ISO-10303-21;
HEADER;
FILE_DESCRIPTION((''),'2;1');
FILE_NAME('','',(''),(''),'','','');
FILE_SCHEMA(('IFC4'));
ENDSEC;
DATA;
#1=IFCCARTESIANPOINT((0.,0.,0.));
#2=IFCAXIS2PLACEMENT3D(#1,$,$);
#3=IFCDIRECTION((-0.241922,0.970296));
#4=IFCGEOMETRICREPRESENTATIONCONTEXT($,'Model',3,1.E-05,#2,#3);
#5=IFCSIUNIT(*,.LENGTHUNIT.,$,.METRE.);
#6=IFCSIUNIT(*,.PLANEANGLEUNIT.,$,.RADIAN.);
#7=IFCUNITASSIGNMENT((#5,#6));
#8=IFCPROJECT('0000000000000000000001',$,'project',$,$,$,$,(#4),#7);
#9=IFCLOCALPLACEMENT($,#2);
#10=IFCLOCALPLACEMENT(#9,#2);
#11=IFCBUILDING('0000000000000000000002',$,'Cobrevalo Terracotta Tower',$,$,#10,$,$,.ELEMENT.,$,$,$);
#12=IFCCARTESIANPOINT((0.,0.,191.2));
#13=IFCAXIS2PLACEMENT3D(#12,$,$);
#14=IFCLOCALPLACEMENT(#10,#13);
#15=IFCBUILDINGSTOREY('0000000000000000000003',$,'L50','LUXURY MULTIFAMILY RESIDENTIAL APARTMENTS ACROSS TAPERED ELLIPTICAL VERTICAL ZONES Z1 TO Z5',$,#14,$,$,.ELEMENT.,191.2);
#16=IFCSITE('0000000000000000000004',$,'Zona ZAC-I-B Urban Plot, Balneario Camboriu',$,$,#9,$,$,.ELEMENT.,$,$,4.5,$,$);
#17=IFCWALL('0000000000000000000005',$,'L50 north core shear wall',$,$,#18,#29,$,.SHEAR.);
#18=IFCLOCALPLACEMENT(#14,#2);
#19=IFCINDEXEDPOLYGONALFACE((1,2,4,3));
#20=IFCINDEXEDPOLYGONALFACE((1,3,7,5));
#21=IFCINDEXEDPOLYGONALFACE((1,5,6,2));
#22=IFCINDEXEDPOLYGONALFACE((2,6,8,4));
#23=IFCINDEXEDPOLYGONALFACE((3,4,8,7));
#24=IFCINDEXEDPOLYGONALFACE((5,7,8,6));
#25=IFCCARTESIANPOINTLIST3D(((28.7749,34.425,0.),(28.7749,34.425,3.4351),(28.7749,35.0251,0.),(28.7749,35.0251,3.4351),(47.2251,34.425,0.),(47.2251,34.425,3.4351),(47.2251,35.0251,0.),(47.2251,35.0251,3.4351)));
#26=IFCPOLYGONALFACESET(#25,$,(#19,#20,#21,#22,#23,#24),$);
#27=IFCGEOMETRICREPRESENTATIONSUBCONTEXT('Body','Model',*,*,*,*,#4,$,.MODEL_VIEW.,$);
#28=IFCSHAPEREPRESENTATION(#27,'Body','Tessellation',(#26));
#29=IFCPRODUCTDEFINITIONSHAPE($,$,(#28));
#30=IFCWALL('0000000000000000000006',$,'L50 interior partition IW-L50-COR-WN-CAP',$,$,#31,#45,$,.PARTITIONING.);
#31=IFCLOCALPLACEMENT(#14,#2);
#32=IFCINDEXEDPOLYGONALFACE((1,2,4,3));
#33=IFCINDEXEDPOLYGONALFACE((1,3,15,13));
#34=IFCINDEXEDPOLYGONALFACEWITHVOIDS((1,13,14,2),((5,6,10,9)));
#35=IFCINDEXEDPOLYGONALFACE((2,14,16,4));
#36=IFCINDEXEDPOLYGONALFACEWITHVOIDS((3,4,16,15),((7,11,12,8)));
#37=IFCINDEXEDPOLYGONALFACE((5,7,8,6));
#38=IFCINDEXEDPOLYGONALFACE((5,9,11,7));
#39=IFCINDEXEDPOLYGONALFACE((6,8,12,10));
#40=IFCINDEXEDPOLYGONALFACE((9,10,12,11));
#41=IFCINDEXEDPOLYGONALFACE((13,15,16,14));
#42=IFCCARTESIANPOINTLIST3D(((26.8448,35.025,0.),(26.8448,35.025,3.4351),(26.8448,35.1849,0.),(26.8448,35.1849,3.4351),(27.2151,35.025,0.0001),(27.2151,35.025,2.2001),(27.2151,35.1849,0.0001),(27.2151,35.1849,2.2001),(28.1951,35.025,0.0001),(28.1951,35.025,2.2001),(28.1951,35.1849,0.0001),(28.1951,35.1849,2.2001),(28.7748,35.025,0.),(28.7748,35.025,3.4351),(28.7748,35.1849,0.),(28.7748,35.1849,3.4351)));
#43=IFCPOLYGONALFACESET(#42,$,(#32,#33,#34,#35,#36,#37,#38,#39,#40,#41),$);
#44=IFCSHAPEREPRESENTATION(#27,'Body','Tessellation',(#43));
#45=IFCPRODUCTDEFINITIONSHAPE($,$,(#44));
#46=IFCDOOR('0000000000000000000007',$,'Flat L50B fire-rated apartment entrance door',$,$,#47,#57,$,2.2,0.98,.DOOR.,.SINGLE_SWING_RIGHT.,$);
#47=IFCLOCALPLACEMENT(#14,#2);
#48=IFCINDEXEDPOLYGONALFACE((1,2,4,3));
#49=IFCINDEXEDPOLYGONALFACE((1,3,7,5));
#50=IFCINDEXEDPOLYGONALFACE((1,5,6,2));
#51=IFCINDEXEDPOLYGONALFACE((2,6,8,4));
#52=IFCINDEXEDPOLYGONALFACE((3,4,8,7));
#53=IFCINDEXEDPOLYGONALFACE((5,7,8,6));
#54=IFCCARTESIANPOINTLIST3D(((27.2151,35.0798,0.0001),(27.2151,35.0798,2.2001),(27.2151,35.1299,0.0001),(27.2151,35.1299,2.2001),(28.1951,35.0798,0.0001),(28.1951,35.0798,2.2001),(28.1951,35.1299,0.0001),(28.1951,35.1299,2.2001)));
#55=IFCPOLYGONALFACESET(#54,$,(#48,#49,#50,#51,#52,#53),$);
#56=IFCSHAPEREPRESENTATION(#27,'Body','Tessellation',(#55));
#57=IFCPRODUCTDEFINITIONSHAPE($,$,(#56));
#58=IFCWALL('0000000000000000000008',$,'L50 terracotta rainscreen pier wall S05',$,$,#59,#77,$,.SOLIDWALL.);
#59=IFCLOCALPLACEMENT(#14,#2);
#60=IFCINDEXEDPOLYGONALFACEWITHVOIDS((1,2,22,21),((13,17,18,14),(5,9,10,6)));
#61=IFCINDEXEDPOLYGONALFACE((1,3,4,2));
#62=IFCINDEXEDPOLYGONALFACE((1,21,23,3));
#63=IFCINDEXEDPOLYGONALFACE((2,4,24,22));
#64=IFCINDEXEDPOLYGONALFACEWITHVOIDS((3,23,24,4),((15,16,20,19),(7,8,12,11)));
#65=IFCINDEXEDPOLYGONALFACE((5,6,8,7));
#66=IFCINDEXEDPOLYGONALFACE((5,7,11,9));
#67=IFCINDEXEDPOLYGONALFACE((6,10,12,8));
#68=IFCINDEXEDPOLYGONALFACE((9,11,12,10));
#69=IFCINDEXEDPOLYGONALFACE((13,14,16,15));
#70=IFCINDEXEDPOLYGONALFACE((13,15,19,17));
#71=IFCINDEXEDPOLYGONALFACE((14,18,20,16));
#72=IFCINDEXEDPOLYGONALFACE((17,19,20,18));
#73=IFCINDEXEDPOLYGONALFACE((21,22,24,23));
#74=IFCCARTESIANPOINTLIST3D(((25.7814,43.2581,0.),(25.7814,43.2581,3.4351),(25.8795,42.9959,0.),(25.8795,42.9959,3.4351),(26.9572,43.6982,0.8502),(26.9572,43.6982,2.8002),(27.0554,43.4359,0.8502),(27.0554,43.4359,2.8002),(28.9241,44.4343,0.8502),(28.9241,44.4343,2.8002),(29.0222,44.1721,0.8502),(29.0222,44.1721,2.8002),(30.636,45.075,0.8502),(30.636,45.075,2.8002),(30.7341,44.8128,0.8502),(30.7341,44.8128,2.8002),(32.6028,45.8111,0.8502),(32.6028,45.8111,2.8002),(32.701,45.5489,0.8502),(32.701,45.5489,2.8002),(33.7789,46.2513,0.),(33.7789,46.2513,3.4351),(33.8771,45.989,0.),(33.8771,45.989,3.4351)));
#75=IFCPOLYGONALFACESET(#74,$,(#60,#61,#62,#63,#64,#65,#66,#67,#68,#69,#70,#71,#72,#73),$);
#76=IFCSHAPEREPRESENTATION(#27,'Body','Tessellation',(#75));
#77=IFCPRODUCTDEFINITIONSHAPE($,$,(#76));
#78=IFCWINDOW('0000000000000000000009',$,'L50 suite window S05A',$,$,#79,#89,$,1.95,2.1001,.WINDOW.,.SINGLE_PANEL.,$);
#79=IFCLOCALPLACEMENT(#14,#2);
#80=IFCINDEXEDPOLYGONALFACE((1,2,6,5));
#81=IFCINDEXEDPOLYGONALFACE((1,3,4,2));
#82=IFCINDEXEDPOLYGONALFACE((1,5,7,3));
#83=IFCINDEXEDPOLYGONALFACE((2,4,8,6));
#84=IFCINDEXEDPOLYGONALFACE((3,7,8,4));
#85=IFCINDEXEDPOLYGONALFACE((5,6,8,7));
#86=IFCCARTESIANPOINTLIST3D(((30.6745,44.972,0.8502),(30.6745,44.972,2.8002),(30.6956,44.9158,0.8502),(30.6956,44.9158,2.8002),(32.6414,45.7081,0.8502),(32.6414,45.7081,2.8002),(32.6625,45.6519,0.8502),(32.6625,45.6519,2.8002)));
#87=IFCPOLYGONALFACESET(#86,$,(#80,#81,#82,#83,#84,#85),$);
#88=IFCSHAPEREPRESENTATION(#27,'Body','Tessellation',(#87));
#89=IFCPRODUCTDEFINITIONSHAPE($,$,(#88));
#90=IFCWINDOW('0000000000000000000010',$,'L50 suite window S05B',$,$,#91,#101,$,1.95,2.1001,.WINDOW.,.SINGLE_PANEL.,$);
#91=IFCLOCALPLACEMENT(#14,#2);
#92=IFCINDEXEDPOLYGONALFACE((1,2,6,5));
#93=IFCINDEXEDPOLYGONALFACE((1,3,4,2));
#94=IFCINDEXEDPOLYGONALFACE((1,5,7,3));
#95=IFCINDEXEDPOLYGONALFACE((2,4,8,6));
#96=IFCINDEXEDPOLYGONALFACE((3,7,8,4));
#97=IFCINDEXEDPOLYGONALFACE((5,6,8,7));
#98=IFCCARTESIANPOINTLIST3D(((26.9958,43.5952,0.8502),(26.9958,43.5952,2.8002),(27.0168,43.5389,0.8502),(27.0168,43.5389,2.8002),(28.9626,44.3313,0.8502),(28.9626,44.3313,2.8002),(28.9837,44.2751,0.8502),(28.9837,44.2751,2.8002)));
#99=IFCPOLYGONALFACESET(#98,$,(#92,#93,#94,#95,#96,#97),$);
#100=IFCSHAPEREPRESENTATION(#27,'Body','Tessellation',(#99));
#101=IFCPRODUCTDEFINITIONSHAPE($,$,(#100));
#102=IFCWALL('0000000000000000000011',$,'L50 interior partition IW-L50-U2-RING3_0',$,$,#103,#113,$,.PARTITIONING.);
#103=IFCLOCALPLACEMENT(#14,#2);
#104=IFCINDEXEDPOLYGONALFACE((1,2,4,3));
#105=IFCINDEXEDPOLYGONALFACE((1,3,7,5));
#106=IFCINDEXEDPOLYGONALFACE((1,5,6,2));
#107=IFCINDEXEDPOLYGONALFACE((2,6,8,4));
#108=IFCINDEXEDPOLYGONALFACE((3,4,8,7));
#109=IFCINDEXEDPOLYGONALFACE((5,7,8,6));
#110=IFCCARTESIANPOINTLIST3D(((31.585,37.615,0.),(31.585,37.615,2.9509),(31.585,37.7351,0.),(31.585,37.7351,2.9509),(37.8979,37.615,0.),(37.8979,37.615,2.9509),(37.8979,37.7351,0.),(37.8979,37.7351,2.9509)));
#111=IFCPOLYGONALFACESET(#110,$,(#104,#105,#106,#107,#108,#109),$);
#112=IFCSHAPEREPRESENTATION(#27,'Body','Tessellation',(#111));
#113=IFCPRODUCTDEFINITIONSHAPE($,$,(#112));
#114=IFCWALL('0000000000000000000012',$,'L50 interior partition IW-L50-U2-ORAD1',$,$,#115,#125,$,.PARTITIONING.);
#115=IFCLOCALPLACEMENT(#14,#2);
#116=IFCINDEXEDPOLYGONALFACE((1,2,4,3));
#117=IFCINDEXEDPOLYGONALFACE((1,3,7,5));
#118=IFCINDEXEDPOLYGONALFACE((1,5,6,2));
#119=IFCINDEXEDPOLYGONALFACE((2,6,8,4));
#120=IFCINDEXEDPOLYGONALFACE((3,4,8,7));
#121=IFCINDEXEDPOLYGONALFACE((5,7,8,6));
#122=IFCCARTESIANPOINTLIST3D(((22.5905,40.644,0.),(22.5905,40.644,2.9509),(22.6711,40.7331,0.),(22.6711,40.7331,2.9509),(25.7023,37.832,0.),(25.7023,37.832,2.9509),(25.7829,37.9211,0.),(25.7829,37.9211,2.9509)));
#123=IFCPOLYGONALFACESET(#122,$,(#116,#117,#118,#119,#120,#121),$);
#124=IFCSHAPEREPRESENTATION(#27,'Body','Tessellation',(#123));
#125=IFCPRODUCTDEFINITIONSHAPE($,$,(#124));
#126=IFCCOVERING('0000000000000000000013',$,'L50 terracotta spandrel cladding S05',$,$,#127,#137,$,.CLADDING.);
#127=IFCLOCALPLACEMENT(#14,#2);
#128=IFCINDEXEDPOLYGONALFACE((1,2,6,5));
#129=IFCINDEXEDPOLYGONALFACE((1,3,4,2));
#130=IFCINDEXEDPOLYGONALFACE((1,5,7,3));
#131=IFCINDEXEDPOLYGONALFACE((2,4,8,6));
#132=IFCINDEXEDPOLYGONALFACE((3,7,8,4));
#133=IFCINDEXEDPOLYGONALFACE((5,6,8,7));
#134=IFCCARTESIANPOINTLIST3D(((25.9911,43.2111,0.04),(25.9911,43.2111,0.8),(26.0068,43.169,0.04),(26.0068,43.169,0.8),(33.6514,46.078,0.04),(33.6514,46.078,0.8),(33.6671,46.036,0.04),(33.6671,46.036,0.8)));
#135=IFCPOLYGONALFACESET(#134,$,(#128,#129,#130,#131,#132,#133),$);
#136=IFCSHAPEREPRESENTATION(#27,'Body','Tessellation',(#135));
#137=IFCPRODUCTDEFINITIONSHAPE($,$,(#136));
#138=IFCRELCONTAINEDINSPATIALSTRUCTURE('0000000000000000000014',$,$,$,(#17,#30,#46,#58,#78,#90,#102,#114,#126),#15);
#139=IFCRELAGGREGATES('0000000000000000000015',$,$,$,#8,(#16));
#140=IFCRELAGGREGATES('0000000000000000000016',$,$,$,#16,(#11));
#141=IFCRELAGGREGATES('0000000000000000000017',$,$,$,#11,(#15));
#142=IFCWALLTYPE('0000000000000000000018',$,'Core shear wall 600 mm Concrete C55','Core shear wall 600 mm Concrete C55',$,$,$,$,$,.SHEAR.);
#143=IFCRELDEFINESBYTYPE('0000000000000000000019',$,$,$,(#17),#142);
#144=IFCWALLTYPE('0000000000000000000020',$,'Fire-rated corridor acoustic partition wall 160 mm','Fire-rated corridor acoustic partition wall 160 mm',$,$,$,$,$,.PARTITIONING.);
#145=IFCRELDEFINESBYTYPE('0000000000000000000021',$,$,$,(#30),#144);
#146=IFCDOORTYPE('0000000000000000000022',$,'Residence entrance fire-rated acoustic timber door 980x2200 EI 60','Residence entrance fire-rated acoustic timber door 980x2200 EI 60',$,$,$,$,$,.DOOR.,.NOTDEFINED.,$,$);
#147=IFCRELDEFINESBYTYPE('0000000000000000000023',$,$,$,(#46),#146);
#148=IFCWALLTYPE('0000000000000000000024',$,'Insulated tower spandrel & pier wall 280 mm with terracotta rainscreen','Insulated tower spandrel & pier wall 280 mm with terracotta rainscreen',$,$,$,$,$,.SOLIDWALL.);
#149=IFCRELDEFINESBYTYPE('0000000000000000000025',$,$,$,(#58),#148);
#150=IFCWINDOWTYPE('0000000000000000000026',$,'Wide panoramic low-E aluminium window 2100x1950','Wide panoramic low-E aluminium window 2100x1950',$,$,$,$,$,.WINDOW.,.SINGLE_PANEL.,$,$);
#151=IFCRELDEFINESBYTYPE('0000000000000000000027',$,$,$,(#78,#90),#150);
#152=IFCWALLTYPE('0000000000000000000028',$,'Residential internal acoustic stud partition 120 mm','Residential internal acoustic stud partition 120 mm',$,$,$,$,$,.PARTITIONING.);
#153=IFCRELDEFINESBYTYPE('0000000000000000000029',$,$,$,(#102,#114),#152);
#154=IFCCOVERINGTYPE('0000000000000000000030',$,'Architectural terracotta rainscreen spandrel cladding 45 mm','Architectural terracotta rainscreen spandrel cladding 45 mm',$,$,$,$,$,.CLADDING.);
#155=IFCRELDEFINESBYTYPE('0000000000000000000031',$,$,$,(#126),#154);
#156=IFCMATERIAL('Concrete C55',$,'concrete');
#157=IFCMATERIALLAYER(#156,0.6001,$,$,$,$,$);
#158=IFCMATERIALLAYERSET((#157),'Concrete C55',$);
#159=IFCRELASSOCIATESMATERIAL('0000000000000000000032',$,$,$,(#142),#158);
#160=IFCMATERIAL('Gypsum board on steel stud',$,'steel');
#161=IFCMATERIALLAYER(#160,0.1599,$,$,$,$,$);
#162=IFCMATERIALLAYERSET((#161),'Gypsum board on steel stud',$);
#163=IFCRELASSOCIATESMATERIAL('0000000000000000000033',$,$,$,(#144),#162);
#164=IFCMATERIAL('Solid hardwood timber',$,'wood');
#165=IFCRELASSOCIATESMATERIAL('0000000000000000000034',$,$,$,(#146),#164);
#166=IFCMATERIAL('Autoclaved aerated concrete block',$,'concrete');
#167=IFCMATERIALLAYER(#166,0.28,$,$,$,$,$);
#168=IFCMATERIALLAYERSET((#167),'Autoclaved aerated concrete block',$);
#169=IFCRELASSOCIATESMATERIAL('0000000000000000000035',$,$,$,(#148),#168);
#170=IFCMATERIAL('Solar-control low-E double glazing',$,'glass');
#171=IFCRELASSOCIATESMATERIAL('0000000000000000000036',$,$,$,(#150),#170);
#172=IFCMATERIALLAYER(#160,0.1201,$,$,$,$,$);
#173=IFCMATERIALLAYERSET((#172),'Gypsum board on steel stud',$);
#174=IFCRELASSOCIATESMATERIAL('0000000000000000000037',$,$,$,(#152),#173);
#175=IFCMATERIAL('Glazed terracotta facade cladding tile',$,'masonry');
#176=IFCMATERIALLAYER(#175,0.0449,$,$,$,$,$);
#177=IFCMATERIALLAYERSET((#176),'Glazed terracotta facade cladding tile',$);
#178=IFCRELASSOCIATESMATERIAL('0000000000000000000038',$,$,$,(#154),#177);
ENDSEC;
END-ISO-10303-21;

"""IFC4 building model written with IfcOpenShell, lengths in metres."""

from ifc_helpers import new_model, si_unit, direction, frame, frame_2d, origin, origin_2d, place, context, subcontext, project, spatial, rectangle, extrude, source, transform, mapped, material, layer, layer_set, type_object, element, fill, save


model = new_model("IFC4")

# Units and contexts
model_context = context("Model", 3, precision=1e-05, world=origin(), true_north=direction((-0.241922, 0.970296)))
body_context = subcontext(model_context, "Body", "Model", "MODEL_VIEW")
ifc_project = project(units=[si_unit("LENGTHUNIT", "METRE"), si_unit("PLANEANGLEUNIT", "RADIAN")], contexts=[model_context])

# Site, building, storey
site_placement = place(None, origin())
site = spatial("IfcSite", under=ifc_project, at=site_placement, Name="Zona ZAC-I-B Urban Plot, Balneario Camboriu", CompositionType="ELEMENT", RefElevation=4.5)
building_placement = place(site_placement, origin())
building = spatial("IfcBuilding", under=site, at=building_placement, Name="Cobrevalo Terracotta Tower", CompositionType="ELEMENT")
storey_placement = place(building_placement, frame((0.0, 0.0, 191.2)))
storey = spatial("IfcBuildingStorey", under=building, at=storey_placement, Name="L50", Description="LUXURY MULTIFAMILY RESIDENTIAL APARTMENTS ACROSS TAPERED ELLIPTICAL VERTICAL ZONES Z1 TO Z5", CompositionType="ELEMENT", Elevation=191.2)

# Shared definitions
ifc_material_1 = material(Name="Concrete C55", Category="concrete")

# Wall
ifc_layer_1 = layer(ifc_material_1, 0.6001)
ifc_layer_set_1 = layer_set([ifc_layer_1], Name="Concrete C55")
wall_type_1 = type_object("IfcWallType", Name="Core shear wall 600 mm Concrete C55", Description="Core shear wall 600 mm Concrete C55", PredefinedType="SHEAR", material=ifc_layer_set_1)
wall_1_placement = place(storey_placement, frame((28.7749, 34.7251, 0.0), z_axis=(0.0, 0.0, 1.0), x_axis=(1.0, 0.0, 0.0)))
element("IfcWall", 1, at=wall_1_placement, inside=storey, type_object=wall_type_1, Name="L50 north core shear wall", PredefinedType="SHEAR", context=body_context, shape_type="SweptSolid", body=[
    extrude(rectangle(XDim=18.4502, YDim=0.6001, at=frame_2d((9.2251, 0.0))), origin(), (0.0, 0.0, 1.0), 3.4351),
])

# Wall, opening, door
ifc_material_2 = material(Name="Gypsum board on steel stud", Category="steel")
ifc_layer_2 = layer(ifc_material_2, 0.1599)
ifc_layer_set_2 = layer_set([ifc_layer_2], Name="Gypsum board on steel stud")
wall_type_2 = type_object("IfcWallType", Name="Fire-rated corridor acoustic partition wall 160 mm", Description="Fire-rated corridor acoustic partition wall 160 mm", PredefinedType="PARTITIONING", material=ifc_layer_set_2)
wall_2_placement = place(storey_placement, frame((26.845, 35.105, 0.0), z_axis=(0.0, 0.0, 1.0), x_axis=(1.0, 0.0, 0.0)))
wall_2 = element("IfcWall", 2, at=wall_2_placement, inside=storey, type_object=wall_type_2, Name="L50 interior partition IW-L50-COR-WN-CAP", PredefinedType="PARTITIONING", context=body_context, shape_type="SweptSolid", body=[
    extrude(rectangle(XDim=1.9299, YDim=0.1599, at=frame_2d((0.9648, 0.0))), origin(), (0.0, 0.0, 1.0), 3.4351),
])
opening_1_placement = place(wall_2_placement, frame((0.3701, 0.0, 0.0)))
opening_1 = element("IfcOpeningElement", 3, at=opening_1_placement, cuts=wall_2, PredefinedType="OPENING", context=body_context, shape_type="SweptSolid", body=[
    extrude(rectangle(XDim=0.98, YDim=2.2, at=frame_2d((0.49, 1.1001))), frame((0.0, 0.0898, 0.0), z_axis=(0.0, -1.0, 0.0), x_axis=(1.0, 0.0, 0.0)), (0.0, 0.0, 1.0), 0.1799),
])
ifc_material_3 = material(Name="Solid hardwood timber", Category="wood")
door_type_1 = type_object("IfcDoorType", Name="Residence entrance fire-rated acoustic timber door 980x2200 EI 60", Description="Residence entrance fire-rated acoustic timber door 980x2200 EI 60", OperationType="NOTDEFINED", PredefinedType="DOOR", material=ifc_material_3)
shared_shape_1 = source(origin(), body_context, "Body", "SweptSolid", [
    extrude(rectangle(XDim=0.98, YDim=2.2, at=frame_2d((0.49, 1.1001))), frame((0.0, 0.0249, 0.0), z_axis=(0.0, -1.0, 0.0), x_axis=(1.0, 0.0, 0.0)), (0.0, 0.0, 1.0), 0.05),
])
door_1_placement = place(opening_1_placement, origin())
door_1 = element("IfcDoor", 4, at=door_1_placement, inside=storey, type_object=door_type_1, Name="Flat L50B fire-rated apartment entrance door", OperationType="SINGLE_SWING_RIGHT", OverallHeight=2.2, OverallWidth=0.98, PredefinedType="DOOR", context=body_context, shape_type="MappedRepresentation", body=[
    mapped(shared_shape_1, transform((0.0, 0.0, 0.0), scale=1.0)),
])
fill(opening_1, door_1)

# Wall, openings, windows
ifc_material_4 = material(Name="Autoclaved aerated concrete block", Category="concrete")
ifc_layer_3 = layer(ifc_material_4, 0.28)
ifc_layer_set_3 = layer_set([ifc_layer_3], Name="Autoclaved aerated concrete block")
wall_type_3 = type_object("IfcWallType", Name="Insulated tower spandrel & pier wall 280 mm with terracotta rainscreen", Description="Insulated tower spandrel & pier wall 280 mm with terracotta rainscreen", PredefinedType="SOLIDWALL", material=ifc_layer_set_3)
wall_3_placement = place(storey_placement, frame((33.8279, 46.1201, 0.0), z_axis=(0.0, 0.0, 1.0), x_axis=(-0.936557, -0.350516, 0.0)))
wall_3 = element("IfcWall", 5, at=wall_3_placement, inside=storey, type_object=wall_type_3, Name="L50 terracotta rainscreen pier wall S05", PredefinedType="SOLIDWALL", context=body_context, shape_type="SweptSolid", body=[
    extrude(rectangle(XDim=8.5393, YDim=0.28, at=frame_2d((4.2695, 0.0))), origin(), (0.0, 0.0, 1.0), 3.4351),
])
opening_2_placement = place(wall_3_placement, frame((1.2556, 0.0, 0.8501)))
opening_2 = element("IfcOpeningElement", 6, at=opening_2_placement, cuts=wall_3, PredefinedType="OPENING", context=body_context, shape_type="SweptSolid", body=[
    extrude(rectangle(XDim=2.1001, YDim=1.95, at=frame_2d((1.05, 0.9751))), frame((0.0, 0.1499, 0.0), z_axis=(0.0, -1.0, 0.0), x_axis=(1.0, 0.0, 0.0)), (0.0, 0.0, 1.0), 0.3),
])
opening_3_placement = place(wall_3_placement, frame((5.1836, 0.0, 0.8501)))
opening_3 = element("IfcOpeningElement", 7, at=opening_3_placement, cuts=wall_3, PredefinedType="OPENING", context=body_context, shape_type="SweptSolid", body=[
    extrude(rectangle(XDim=2.1001, YDim=1.95, at=frame_2d((1.05, 0.9751))), frame((0.0, 0.1499, 0.0), z_axis=(0.0, -1.0, 0.0), x_axis=(1.0, 0.0, 0.0)), (0.0, 0.0, 1.0), 0.3),
])
ifc_material_5 = material(Name="Solar-control low-E double glazing", Category="glass")
window_type = type_object("IfcWindowType", Name="Wide panoramic low-E aluminium window 2100x1950", Description="Wide panoramic low-E aluminium window 2100x1950", PartitioningType="SINGLE_PANEL", PredefinedType="WINDOW", material=ifc_material_5)
shared_shape_2 = source(origin(), body_context, "Body", "SweptSolid", [
    extrude(rectangle(XDim=2.1001, YDim=1.95, at=frame_2d((1.05, 0.9751))), frame((0.0, 0.03, 0.0), z_axis=(0.0, -1.0, 0.0), x_axis=(1.0, 0.0, 0.0)), (0.0, 0.0, 1.0), 0.0601),
])
window_1_placement = place(opening_2_placement, origin())
window_1 = element("IfcWindow", 8, at=window_1_placement, inside=storey, type_object=window_type, Name="L50 suite window S05A", OverallHeight=1.95, OverallWidth=2.1001, PartitioningType="SINGLE_PANEL", PredefinedType="WINDOW", context=body_context, shape_type="MappedRepresentation", body=[
    mapped(shared_shape_2, transform((0.0, 0.0, 0.0), scale=1.0)),
])
fill(opening_2, window_1)
window_2_placement = place(opening_3_placement, origin())
window_2 = element("IfcWindow", 9, at=window_2_placement, inside=storey, type_object=window_type, Name="L50 suite window S05B", OverallHeight=1.95, OverallWidth=2.1001, PartitioningType="SINGLE_PANEL", PredefinedType="WINDOW", context=body_context, shape_type="MappedRepresentation", body=[
    mapped(shared_shape_2, transform((0.0, 0.0, 0.0), scale=1.0)),
])
fill(opening_3, window_2)

# Walls
ifc_layer_4 = layer(ifc_material_2, 0.1201)
ifc_layer_set_4 = layer_set([ifc_layer_4], Name="Gypsum board on steel stud")
wall_type_4 = type_object("IfcWallType", Name="Residential internal acoustic stud partition 120 mm", Description="Residential internal acoustic stud partition 120 mm", PredefinedType="PARTITIONING", material=ifc_layer_set_4)
wall_4_placement = place(storey_placement, frame((31.585, 37.675, 0.0), z_axis=(0.0, 0.0, 1.0), x_axis=(1.0, 0.0, 0.0)))
element("IfcWall", 10, at=wall_4_placement, inside=storey, type_object=wall_type_4, Name="L50 interior partition IW-L50-U2-RING3_0", PredefinedType="PARTITIONING", context=body_context, shape_type="SweptSolid", body=[
    extrude(rectangle(XDim=6.313, YDim=0.1201, at=frame_2d((3.1565, 0.0))), origin(), (0.0, 0.0, 1.0), 2.9509),
])
wall_5_placement = place(storey_placement, frame((25.7427, 37.8765, 0.0), z_axis=(0.0, 0.0, 1.0), x_axis=(-0.741944, 0.670462, 0.0)))
element("IfcWall", 11, at=wall_5_placement, inside=storey, type_object=wall_type_4, Name="L50 interior partition IW-L50-U2-ORAD1", PredefinedType="PARTITIONING", context=body_context, shape_type="SweptSolid", body=[
    extrude(rectangle(XDim=4.1941, YDim=0.1201, at=frame_2d((2.0972, 0.0))), origin(), (0.0, 0.0, 1.0), 2.9509),
])

# Covering
ifc_material_6 = material(Name="Glazed terracotta facade cladding tile", Category="masonry")
ifc_layer_5 = layer(ifc_material_6, 0.0449)
ifc_layer_set_5 = layer_set([ifc_layer_5], Name="Glazed terracotta facade cladding tile")
covering_type = type_object("IfcCoveringType", Name="Architectural terracotta rainscreen spandrel cladding 45 mm", Description="Architectural terracotta rainscreen spandrel cladding 45 mm", PredefinedType="CLADDING", material=ifc_layer_set_5)
shared_shape_3 = source(origin(), body_context, "Body", "SweptSolid", [
    extrude(rectangle(XDim=8.1792, YDim=0.0449, at=origin_2d()), origin(), (0.0, 0.0, 1.0), 0.76),
])
covering_placement = place(storey_placement, frame((29.8291, 44.6235, 0.04), z_axis=(0.0, 0.0, 1.0), x_axis=(-0.936558, -0.350513, 0.0)))
element("IfcCovering", 12, at=covering_placement, inside=storey, type_object=covering_type, Name="L50 terracotta spandrel cladding S05", PredefinedType="CLADDING", context=body_context, shape_type="MappedRepresentation", body=[
    mapped(shared_shape_3, transform((0.0, 0.0, 0.0), scale=1.0)),
])

save(model, "model.ifc")
